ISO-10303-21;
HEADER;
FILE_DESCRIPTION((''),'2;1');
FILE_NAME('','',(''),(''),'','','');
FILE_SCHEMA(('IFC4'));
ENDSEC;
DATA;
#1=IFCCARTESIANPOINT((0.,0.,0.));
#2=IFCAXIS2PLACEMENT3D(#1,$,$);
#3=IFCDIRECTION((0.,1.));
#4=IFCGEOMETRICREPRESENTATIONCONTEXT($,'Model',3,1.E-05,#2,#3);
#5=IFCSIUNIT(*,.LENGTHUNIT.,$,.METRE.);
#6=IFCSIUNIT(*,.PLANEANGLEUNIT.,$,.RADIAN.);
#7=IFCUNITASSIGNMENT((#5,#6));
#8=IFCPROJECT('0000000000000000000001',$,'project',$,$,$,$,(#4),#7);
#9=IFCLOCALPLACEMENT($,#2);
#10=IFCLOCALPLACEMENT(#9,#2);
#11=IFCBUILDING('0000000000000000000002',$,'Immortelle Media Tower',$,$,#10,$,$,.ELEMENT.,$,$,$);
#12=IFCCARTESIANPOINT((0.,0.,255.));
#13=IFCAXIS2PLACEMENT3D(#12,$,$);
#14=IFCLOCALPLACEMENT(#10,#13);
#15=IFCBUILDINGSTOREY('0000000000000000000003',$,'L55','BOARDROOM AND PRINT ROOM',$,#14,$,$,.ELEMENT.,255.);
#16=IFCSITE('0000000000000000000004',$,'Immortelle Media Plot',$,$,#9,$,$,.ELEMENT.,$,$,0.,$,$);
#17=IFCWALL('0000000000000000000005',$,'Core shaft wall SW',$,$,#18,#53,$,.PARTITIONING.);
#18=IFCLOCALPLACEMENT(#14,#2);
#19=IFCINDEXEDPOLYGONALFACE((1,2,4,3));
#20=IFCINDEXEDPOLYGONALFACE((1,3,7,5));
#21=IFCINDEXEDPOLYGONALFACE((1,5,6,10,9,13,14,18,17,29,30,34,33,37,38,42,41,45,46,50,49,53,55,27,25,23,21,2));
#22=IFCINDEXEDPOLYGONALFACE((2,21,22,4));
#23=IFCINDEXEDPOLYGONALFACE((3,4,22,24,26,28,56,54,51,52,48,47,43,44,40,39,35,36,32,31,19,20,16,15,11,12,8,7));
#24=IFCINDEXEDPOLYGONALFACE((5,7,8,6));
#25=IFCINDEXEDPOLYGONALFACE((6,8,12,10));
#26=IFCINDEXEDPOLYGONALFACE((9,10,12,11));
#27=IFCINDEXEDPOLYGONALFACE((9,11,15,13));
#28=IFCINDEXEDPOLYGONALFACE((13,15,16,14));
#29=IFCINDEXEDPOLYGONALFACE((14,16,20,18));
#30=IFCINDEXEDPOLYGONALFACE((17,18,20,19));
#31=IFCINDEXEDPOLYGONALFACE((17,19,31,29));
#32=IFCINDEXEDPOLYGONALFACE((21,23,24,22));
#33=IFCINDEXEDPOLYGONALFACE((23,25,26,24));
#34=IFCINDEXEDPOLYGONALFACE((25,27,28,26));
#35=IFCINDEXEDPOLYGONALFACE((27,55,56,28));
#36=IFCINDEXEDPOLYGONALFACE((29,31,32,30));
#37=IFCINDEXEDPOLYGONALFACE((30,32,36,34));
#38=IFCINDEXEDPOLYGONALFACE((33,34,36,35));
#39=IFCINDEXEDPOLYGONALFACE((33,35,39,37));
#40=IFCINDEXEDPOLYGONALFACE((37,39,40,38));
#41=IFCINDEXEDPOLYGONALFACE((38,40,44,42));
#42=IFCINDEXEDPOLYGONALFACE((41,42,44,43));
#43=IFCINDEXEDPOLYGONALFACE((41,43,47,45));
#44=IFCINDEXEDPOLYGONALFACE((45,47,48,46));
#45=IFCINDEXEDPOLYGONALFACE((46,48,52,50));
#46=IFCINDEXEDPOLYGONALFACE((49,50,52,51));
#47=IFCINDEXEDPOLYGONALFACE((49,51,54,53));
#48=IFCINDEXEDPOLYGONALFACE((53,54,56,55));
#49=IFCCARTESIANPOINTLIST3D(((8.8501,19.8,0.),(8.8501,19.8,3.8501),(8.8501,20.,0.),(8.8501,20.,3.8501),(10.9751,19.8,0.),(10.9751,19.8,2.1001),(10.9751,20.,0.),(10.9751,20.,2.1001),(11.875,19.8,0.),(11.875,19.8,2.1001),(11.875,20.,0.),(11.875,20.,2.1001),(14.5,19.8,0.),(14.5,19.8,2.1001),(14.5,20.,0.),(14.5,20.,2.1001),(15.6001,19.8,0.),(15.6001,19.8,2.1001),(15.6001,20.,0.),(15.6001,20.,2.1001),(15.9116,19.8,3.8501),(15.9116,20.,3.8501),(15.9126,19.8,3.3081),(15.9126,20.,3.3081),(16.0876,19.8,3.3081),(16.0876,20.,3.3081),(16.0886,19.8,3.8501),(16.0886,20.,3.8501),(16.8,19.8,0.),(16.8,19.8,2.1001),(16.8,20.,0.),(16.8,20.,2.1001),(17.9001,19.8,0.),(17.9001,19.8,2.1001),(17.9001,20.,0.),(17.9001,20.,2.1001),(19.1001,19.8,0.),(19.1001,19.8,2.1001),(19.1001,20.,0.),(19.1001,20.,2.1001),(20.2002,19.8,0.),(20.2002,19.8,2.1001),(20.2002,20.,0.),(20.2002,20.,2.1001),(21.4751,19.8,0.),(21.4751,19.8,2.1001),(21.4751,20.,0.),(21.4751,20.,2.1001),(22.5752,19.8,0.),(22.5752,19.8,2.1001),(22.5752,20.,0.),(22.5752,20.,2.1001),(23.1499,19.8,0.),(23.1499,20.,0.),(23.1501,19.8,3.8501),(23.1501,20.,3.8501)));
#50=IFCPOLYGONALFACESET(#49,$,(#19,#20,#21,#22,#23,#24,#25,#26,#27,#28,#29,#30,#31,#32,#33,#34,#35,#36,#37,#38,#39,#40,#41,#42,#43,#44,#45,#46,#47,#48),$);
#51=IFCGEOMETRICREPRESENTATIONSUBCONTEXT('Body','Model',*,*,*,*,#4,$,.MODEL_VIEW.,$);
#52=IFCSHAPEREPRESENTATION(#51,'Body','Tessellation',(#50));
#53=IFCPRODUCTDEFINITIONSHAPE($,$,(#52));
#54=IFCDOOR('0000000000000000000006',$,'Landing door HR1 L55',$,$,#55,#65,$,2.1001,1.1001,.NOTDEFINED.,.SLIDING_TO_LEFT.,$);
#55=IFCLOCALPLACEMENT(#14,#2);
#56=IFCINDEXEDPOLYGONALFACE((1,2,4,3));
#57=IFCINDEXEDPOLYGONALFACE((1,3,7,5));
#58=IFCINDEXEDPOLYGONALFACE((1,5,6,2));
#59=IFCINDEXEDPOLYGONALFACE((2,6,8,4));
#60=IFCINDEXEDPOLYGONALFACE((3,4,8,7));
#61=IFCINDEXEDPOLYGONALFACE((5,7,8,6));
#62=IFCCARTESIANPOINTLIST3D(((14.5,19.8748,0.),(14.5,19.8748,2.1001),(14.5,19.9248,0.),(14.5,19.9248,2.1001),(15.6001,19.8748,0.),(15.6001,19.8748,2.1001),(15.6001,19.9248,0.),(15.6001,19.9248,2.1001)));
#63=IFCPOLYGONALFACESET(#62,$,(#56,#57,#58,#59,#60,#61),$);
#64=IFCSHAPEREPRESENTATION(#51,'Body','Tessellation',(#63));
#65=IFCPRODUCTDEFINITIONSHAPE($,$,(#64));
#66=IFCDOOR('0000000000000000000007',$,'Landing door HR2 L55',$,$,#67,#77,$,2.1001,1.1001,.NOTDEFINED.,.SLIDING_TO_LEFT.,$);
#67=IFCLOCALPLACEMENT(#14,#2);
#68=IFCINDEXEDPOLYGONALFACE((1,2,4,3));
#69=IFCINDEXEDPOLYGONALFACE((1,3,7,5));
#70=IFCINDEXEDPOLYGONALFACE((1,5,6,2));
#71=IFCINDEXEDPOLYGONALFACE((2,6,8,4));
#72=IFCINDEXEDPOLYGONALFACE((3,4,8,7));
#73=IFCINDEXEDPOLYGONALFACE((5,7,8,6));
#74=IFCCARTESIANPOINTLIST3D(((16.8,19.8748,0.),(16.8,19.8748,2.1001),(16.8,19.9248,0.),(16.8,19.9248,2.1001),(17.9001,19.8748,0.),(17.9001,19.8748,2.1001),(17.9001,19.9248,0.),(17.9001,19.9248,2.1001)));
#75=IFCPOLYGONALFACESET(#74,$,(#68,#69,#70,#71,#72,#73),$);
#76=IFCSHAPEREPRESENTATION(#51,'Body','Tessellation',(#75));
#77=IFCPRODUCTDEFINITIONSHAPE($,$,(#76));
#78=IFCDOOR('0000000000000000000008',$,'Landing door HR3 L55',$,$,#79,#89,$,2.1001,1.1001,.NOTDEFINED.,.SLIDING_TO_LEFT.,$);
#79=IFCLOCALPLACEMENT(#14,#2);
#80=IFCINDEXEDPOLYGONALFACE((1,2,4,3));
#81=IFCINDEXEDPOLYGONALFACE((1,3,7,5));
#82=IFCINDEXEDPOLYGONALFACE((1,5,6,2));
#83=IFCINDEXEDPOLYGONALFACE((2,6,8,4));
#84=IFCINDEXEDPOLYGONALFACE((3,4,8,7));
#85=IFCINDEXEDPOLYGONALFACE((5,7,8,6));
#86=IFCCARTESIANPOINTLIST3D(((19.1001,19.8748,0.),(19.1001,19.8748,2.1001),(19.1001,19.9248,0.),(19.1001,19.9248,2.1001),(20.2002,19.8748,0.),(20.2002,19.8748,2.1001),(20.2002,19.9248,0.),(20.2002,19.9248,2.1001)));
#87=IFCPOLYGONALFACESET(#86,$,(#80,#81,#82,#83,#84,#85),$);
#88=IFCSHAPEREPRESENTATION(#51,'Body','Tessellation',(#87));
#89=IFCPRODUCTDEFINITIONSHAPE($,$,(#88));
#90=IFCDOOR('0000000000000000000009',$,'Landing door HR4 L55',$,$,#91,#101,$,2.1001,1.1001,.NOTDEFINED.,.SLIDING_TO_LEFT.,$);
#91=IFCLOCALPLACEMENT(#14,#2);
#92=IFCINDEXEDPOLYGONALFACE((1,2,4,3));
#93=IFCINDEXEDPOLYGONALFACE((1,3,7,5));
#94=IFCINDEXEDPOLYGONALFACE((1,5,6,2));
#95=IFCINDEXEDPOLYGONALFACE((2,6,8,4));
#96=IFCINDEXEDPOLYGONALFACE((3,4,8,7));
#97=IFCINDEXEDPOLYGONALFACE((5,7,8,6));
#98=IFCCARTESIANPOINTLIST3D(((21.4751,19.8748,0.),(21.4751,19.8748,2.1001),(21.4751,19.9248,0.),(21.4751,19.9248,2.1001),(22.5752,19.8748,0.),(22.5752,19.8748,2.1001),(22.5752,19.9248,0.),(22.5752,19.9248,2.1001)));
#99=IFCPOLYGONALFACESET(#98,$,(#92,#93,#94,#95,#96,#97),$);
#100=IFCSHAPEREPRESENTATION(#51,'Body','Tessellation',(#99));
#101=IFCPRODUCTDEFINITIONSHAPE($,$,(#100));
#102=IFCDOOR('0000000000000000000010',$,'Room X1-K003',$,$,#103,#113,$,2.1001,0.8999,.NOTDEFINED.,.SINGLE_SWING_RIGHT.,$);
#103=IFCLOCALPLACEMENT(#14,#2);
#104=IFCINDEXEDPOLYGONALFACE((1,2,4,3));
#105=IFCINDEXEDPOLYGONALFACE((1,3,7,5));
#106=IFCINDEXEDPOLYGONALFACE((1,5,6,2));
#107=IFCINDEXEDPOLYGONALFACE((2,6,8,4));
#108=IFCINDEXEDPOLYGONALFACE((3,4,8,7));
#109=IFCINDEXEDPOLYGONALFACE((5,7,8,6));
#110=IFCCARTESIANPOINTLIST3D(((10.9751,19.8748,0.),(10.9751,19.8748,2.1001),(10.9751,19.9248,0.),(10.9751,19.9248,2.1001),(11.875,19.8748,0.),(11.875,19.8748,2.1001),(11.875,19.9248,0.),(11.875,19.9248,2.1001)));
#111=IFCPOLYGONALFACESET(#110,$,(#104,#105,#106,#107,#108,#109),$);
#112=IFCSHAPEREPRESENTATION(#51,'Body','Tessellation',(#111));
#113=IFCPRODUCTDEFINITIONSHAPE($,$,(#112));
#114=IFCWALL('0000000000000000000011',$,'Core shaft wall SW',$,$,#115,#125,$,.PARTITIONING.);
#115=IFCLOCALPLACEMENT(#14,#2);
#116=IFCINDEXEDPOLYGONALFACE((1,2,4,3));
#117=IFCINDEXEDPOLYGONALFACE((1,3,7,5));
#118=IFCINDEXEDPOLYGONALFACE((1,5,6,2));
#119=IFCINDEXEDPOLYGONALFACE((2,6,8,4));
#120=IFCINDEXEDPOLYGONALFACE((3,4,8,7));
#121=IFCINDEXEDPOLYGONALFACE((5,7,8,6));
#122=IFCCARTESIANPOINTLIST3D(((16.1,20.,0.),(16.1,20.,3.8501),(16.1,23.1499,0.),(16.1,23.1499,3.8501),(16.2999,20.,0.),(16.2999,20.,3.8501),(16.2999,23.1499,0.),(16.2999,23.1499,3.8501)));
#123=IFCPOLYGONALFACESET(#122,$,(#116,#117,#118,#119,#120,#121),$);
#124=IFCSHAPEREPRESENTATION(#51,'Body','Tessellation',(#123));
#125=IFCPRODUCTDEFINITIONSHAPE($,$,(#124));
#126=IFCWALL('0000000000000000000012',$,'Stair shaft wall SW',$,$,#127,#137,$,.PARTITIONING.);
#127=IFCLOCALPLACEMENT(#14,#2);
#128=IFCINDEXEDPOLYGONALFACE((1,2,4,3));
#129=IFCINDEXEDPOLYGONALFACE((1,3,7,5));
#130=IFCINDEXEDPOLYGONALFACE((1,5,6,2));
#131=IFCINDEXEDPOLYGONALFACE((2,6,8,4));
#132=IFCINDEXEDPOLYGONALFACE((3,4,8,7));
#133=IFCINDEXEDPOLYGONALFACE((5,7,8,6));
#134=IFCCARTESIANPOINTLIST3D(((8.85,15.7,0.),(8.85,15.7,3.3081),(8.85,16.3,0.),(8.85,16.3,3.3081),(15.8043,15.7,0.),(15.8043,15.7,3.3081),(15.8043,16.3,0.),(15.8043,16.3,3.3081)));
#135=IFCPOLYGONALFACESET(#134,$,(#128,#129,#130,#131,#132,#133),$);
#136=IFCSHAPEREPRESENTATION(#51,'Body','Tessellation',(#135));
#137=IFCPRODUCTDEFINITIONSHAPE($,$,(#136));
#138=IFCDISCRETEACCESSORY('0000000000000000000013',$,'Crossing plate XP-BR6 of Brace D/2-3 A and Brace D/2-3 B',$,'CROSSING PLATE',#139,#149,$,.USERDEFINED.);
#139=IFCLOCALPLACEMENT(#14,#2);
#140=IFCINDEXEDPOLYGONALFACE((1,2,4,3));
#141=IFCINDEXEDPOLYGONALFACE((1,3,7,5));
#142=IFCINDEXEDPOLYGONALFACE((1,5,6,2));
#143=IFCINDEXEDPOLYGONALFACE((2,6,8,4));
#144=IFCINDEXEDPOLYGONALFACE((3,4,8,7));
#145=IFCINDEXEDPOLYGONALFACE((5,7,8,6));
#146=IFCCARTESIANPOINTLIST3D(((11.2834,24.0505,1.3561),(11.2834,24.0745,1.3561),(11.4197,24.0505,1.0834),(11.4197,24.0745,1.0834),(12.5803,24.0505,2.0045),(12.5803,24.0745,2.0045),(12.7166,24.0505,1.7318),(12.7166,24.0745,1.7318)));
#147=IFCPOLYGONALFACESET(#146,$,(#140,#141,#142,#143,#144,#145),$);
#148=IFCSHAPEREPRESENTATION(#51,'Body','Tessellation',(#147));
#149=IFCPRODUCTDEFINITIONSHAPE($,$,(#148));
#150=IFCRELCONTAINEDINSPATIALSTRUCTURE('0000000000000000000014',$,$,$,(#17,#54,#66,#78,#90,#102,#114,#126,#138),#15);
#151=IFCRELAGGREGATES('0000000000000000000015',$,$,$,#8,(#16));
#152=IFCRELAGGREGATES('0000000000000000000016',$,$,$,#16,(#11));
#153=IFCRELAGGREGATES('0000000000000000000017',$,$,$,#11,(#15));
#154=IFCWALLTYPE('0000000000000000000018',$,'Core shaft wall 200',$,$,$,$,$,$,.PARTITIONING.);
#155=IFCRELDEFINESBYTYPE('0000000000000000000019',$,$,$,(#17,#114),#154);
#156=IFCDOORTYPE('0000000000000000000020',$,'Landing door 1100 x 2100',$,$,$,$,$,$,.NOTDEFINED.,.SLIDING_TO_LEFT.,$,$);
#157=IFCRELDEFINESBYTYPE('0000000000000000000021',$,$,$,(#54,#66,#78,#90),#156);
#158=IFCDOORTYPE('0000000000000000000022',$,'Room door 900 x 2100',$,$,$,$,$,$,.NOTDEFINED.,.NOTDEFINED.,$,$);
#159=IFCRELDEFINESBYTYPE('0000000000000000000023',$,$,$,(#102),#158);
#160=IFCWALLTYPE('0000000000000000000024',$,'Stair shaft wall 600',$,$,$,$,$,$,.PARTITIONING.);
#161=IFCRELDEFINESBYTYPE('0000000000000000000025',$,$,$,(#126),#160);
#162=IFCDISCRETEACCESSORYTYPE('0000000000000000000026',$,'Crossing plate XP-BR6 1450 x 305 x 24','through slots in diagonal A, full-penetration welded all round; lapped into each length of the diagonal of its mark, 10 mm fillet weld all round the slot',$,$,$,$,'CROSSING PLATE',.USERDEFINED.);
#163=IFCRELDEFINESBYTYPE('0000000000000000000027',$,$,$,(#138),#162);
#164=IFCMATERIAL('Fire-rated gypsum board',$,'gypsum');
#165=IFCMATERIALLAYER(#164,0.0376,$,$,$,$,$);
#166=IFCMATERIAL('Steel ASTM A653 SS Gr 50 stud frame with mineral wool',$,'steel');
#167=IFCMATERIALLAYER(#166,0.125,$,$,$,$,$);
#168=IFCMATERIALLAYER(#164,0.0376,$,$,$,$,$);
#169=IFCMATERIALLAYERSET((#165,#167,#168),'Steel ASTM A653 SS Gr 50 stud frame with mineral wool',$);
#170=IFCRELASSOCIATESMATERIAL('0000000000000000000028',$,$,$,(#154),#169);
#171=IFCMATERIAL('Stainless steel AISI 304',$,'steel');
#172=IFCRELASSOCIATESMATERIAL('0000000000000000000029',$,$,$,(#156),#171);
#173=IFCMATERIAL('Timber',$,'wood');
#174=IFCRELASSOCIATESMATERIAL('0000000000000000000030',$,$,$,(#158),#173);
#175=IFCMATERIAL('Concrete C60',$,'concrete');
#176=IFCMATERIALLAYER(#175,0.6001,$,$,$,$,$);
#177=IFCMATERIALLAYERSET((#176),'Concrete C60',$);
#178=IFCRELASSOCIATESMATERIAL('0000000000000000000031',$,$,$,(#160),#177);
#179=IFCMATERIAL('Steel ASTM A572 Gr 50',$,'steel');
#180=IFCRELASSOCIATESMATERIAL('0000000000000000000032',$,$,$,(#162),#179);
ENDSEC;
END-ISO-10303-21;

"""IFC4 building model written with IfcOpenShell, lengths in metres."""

from ifc_helpers import new_model, si_unit, direction, frame, frame_2d, origin, origin_2d, place, context, subcontext, project, spatial, polyline, rectangle, outline, extrude, material, layer, layer_set, material_profile, profile_set, type_object, element, fill, save


model = new_model("IFC4")

# Units and contexts
model_context = context("Model", 3, precision=1e-05, world=origin(), true_north=direction((0.0, 1.0)))
body_context = subcontext(model_context, "Body", "Model", "MODEL_VIEW")
ifc_project = project(units=[si_unit("LENGTHUNIT", "METRE"), si_unit("PLANEANGLEUNIT", "RADIAN")], contexts=[model_context])

# Site, building, storey
site_placement = place(None, origin())
site = spatial("IfcSite", under=ifc_project, at=site_placement, Name="Immortelle Media Plot", CompositionType="ELEMENT", RefElevation=0.0)
building_placement = place(site_placement, origin())
building = spatial("IfcBuilding", under=site, at=building_placement, Name="Immortelle Media Tower", CompositionType="ELEMENT")
storey_placement = place(building_placement, frame((0.0, 0.0, 255.0)))
storey = spatial("IfcBuildingStorey", under=building, at=storey_placement, Name="L55", Description="BOARDROOM AND PRINT ROOM", CompositionType="ELEMENT", Elevation=255.0)

# Shared definitions
ifc_material_1 = material(Name="Timber", Category="wood")

# Shared definitions
ifc_material_2 = material(Name="Fire-rated gypsum board", Category="gypsum")
ifc_material_3 = material(Name="Steel ASTM A653 SS Gr 50 stud frame with mineral wool", Category="steel")
ifc_layer_1 = layer(ifc_material_2, 0.0376)
ifc_layer_2 = layer(ifc_material_3, 0.125)
ifc_layer_3 = layer(ifc_material_2, 0.0376)
ifc_layer_set_1 = layer_set([ifc_layer_1, ifc_layer_2, ifc_layer_3], Name="Steel ASTM A653 SS Gr 50 stud frame with mineral wool")
wall_type_1 = type_object("IfcWallType", Name="Core shaft wall 200", PredefinedType="PARTITIONING", material=ifc_layer_set_1)

# Wall, openings, doors
wall_1_placement = place(storey_placement, frame((8.8501, 19.8999, 0.0), z_axis=(0.0, 0.0, 1.0), x_axis=(1.0, 0.0, 0.0)))
wall_1 = element("IfcWall", 1, at=wall_1_placement, inside=storey, type_object=wall_type_1, Name="Core shaft wall SW", PredefinedType="PARTITIONING", context=body_context, shape_type="SweptSolid", body=[
    extrude(outline(polyline([(0.0, 0.0), (14.2998, 0.0), (14.3, 3.8501), (7.2385, 3.8501), (7.2375, 3.3081), (7.0625, 3.3081), (7.0615, 3.8501), (0.0, 3.8501), (0.0, 0.0)])), frame((0.0, 0.1001, 0.0), z_axis=(0.0, -1.0, 0.0), x_axis=(1.0, 0.0, 0.0)), (0.0, 0.0, 1.0), 0.2),
])
opening_1_placement = place(wall_1_placement, frame((2.125, 0.0, 0.0)))
opening_1 = element("IfcOpeningElement", 2, at=opening_1_placement, cuts=wall_1, PredefinedType="OPENING", context=body_context, shape_type="SweptSolid", body=[
    extrude(rectangle(XDim=0.8999, YDim=2.1001, at=frame_2d((0.45, 1.05))), frame((0.0, 0.1099, 0.0), z_axis=(0.0, -1.0, 0.0), x_axis=(1.0, 0.0, 0.0)), (0.0, 0.0, 1.0), 0.22),
])
opening_2_placement = place(wall_1_placement, frame((5.6499, 0.0, 0.0)))
opening_2 = element("IfcOpeningElement", 3, at=opening_2_placement, cuts=wall_1, PredefinedType="OPENING", context=body_context, shape_type="SweptSolid", body=[
    extrude(rectangle(XDim=1.1001, YDim=2.1001, at=frame_2d((0.55, 1.05))), frame((0.0, 0.1099, 0.0), z_axis=(0.0, -1.0, 0.0), x_axis=(1.0, 0.0, 0.0)), (0.0, 0.0, 1.0), 0.22),
])
opening_3_placement = place(wall_1_placement, frame((7.95, 0.0, 0.0)))
opening_3 = element("IfcOpeningElement", 4, at=opening_3_placement, cuts=wall_1, PredefinedType="OPENING", context=body_context, shape_type="SweptSolid", body=[
    extrude(rectangle(XDim=1.1001, YDim=2.1001, at=frame_2d((0.55, 1.05))), frame((0.0, 0.1099, 0.0), z_axis=(0.0, -1.0, 0.0), x_axis=(1.0, 0.0, 0.0)), (0.0, 0.0, 1.0), 0.22),
])
opening_4_placement = place(wall_1_placement, frame((10.25, 0.0, 0.0)))
opening_4 = element("IfcOpeningElement", 5, at=opening_4_placement, cuts=wall_1, PredefinedType="OPENING", context=body_context, shape_type="SweptSolid", body=[
    extrude(rectangle(XDim=1.1001, YDim=2.1001, at=frame_2d((0.55, 1.05))), frame((0.0, 0.1099, 0.0), z_axis=(0.0, -1.0, 0.0), x_axis=(1.0, 0.0, 0.0)), (0.0, 0.0, 1.0), 0.22),
])
opening_5_placement = place(wall_1_placement, frame((12.625, 0.0, 0.0)))
opening_5 = element("IfcOpeningElement", 6, at=opening_5_placement, cuts=wall_1, PredefinedType="OPENING", context=body_context, shape_type="SweptSolid", body=[
    extrude(rectangle(XDim=1.1001, YDim=2.1001, at=frame_2d((0.55, 1.05))), frame((0.0, 0.1099, 0.0), z_axis=(0.0, -1.0, 0.0), x_axis=(1.0, 0.0, 0.0)), (0.0, 0.0, 1.0), 0.22),
])
ifc_material_4 = material(Name="Stainless steel AISI 304", Category="steel")
door_type_1 = type_object("IfcDoorType", Name="Landing door 1100 x 2100", OperationType="SLIDING_TO_LEFT", PredefinedType="NOTDEFINED", material=ifc_material_4)
door_1_placement = place(opening_2_placement, origin())
door_1 = element("IfcDoor", 7, at=door_1_placement, inside=storey, type_object=door_type_1, Name="Landing door HR1 L55", OperationType="SLIDING_TO_LEFT", OverallHeight=2.1001, OverallWidth=1.1001, PredefinedType="NOTDEFINED", context=body_context, shape_type="SweptSolid", body=[
    extrude(rectangle(XDim=1.1001, YDim=2.1001, at=frame_2d((0.55, 1.05))), frame((0.0, 0.0249, 0.0), z_axis=(0.0, -1.0, 0.0), x_axis=(1.0, 0.0, 0.0)), (0.0, 0.0, 1.0), 0.05),
])
fill(opening_2, door_1)
door_2_placement = place(opening_3_placement, origin())
door_2 = element("IfcDoor", 8, at=door_2_placement, inside=storey, type_object=door_type_1, Name="Landing door HR2 L55", OperationType="SLIDING_TO_LEFT", OverallHeight=2.1001, OverallWidth=1.1001, PredefinedType="NOTDEFINED", context=body_context, shape_type="SweptSolid", body=[
    extrude(rectangle(XDim=1.1001, YDim=2.1001, at=frame_2d((0.55, 1.05))), frame((0.0, 0.0249, 0.0), z_axis=(0.0, -1.0, 0.0), x_axis=(1.0, 0.0, 0.0)), (0.0, 0.0, 1.0), 0.05),
])
fill(opening_3, door_2)
door_3_placement = place(opening_4_placement, origin())
door_3 = element("IfcDoor", 9, at=door_3_placement, inside=storey, type_object=door_type_1, Name="Landing door HR3 L55", OperationType="SLIDING_TO_LEFT", OverallHeight=2.1001, OverallWidth=1.1001, PredefinedType="NOTDEFINED", context=body_context, shape_type="SweptSolid", body=[
    extrude(rectangle(XDim=1.1001, YDim=2.1001, at=frame_2d((0.55, 1.05))), frame((0.0, 0.0249, 0.0), z_axis=(0.0, -1.0, 0.0), x_axis=(1.0, 0.0, 0.0)), (0.0, 0.0, 1.0), 0.05),
])
fill(opening_4, door_3)
door_4_placement = place(opening_5_placement, origin())
door_4 = element("IfcDoor", 10, at=door_4_placement, inside=storey, type_object=door_type_1, Name="Landing door HR4 L55", OperationType="SLIDING_TO_LEFT", OverallHeight=2.1001, OverallWidth=1.1001, PredefinedType="NOTDEFINED", context=body_context, shape_type="SweptSolid", body=[
    extrude(rectangle(XDim=1.1001, YDim=2.1001, at=frame_2d((0.55, 1.05))), frame((0.0, 0.0249, 0.0), z_axis=(0.0, -1.0, 0.0), x_axis=(1.0, 0.0, 0.0)), (0.0, 0.0, 1.0), 0.05),
])
fill(opening_5, door_4)
door_type_2 = type_object("IfcDoorType", Name="Room door 900 x 2100", OperationType="NOTDEFINED", PredefinedType="NOTDEFINED", material=ifc_material_1)
door_5_placement = place(opening_1_placement, origin())
door_5 = element("IfcDoor", 11, at=door_5_placement, inside=storey, type_object=door_type_2, Name="Room X1-K003", OperationType="SINGLE_SWING_RIGHT", OverallHeight=2.1001, OverallWidth=0.8999, PredefinedType="NOTDEFINED", context=body_context, shape_type="SweptSolid", body=[
    extrude(rectangle(XDim=0.8999, YDim=2.1001, at=frame_2d((0.45, 1.05))), frame((0.0, 0.0249, 0.0), z_axis=(0.0, -1.0, 0.0), x_axis=(1.0, 0.0, 0.0)), (0.0, 0.0, 1.0), 0.05),
])
fill(opening_1, door_5)

# Walls
wall_2_placement = place(storey_placement, frame((16.2, 20.0, 0.0), z_axis=(0.0, 0.0, 1.0), x_axis=(0.0, 1.0, 0.0)))
element("IfcWall", 12, at=wall_2_placement, inside=storey, type_object=wall_type_1, Name="Core shaft wall SW", PredefinedType="PARTITIONING", context=body_context, shape_type="SweptSolid", body=[
    extrude(rectangle(XDim=3.1499, YDim=0.2, at=frame_2d((1.575, 0.0))), origin(), (0.0, 0.0, 1.0), 3.8501),
])
ifc_material_5 = material(Name="Concrete C60", Category="concrete")
ifc_layer_4 = layer(ifc_material_5, 0.6001)
ifc_layer_set_2 = layer_set([ifc_layer_4], Name="Concrete C60")
wall_type_2 = type_object("IfcWallType", Name="Stair shaft wall 600", PredefinedType="PARTITIONING", material=ifc_layer_set_2)
wall_3_placement = place(storey_placement, frame((8.8501, 16.0, 0.0), z_axis=(0.0, 0.0, 1.0), x_axis=(1.0, 0.0, 0.0)))
element("IfcWall", 13, at=wall_3_placement, inside=storey, type_object=wall_type_2, Name="Stair shaft wall SW", PredefinedType="PARTITIONING", context=body_context, shape_type="SweptSolid", body=[
    extrude(rectangle(XDim=6.9543, YDim=0.6001, at=frame_2d((3.4771, 0.0))), origin(), (0.0, 0.0, 1.0), 3.3081),
])

# Discrete accessory
ifc_material_6 = material(Name="Steel ASTM A572 Gr 50", Category="steel")
ifc_material_profile_1 = material_profile(ifc_material_6, rectangle(XDim=0.0239, YDim=0.3049, at=origin_2d()), Name="PL 24 x 305")
ifc_profile_set_1 = profile_set([ifc_material_profile_1], Name="Steel ASTM A572 Gr 50")
discrete_accessory_type_1 = type_object("IfcDiscreteAccessoryType", Name="Crossing plate XP-BR6 1450 x 305 x 24", Description="through slots in diagonal A, full-penetration welded all round; lapped into each length of the diagonal of its mark, 10 mm fillet weld all round the slot", ElementType="CROSSING PLATE", PredefinedType="USERDEFINED", material=ifc_profile_set_1)
discrete_accessory_placement = place(storey_placement, frame((12.6484, 24.0625, 1.8682), z_axis=(-0.894427, 0.0, -0.447214), x_axis=(0.0, -1.0, 0.0)))
element("IfcDiscreteAccessory", 14, at=discrete_accessory_placement, inside=storey, type_object=discrete_accessory_type_1, Name="Crossing plate XP-BR6 of Brace D/2-3 A and Brace D/2-3 B", ObjectType="CROSSING PLATE", PredefinedType="USERDEFINED", context=body_context, shape_type="SweptSolid", body=[
    extrude(rectangle(XDim=0.0239, YDim=0.3049, at=origin_2d()), origin(), (0.0, 0.0, 1.0), 1.45),
])

save(model, "model.ifc")
